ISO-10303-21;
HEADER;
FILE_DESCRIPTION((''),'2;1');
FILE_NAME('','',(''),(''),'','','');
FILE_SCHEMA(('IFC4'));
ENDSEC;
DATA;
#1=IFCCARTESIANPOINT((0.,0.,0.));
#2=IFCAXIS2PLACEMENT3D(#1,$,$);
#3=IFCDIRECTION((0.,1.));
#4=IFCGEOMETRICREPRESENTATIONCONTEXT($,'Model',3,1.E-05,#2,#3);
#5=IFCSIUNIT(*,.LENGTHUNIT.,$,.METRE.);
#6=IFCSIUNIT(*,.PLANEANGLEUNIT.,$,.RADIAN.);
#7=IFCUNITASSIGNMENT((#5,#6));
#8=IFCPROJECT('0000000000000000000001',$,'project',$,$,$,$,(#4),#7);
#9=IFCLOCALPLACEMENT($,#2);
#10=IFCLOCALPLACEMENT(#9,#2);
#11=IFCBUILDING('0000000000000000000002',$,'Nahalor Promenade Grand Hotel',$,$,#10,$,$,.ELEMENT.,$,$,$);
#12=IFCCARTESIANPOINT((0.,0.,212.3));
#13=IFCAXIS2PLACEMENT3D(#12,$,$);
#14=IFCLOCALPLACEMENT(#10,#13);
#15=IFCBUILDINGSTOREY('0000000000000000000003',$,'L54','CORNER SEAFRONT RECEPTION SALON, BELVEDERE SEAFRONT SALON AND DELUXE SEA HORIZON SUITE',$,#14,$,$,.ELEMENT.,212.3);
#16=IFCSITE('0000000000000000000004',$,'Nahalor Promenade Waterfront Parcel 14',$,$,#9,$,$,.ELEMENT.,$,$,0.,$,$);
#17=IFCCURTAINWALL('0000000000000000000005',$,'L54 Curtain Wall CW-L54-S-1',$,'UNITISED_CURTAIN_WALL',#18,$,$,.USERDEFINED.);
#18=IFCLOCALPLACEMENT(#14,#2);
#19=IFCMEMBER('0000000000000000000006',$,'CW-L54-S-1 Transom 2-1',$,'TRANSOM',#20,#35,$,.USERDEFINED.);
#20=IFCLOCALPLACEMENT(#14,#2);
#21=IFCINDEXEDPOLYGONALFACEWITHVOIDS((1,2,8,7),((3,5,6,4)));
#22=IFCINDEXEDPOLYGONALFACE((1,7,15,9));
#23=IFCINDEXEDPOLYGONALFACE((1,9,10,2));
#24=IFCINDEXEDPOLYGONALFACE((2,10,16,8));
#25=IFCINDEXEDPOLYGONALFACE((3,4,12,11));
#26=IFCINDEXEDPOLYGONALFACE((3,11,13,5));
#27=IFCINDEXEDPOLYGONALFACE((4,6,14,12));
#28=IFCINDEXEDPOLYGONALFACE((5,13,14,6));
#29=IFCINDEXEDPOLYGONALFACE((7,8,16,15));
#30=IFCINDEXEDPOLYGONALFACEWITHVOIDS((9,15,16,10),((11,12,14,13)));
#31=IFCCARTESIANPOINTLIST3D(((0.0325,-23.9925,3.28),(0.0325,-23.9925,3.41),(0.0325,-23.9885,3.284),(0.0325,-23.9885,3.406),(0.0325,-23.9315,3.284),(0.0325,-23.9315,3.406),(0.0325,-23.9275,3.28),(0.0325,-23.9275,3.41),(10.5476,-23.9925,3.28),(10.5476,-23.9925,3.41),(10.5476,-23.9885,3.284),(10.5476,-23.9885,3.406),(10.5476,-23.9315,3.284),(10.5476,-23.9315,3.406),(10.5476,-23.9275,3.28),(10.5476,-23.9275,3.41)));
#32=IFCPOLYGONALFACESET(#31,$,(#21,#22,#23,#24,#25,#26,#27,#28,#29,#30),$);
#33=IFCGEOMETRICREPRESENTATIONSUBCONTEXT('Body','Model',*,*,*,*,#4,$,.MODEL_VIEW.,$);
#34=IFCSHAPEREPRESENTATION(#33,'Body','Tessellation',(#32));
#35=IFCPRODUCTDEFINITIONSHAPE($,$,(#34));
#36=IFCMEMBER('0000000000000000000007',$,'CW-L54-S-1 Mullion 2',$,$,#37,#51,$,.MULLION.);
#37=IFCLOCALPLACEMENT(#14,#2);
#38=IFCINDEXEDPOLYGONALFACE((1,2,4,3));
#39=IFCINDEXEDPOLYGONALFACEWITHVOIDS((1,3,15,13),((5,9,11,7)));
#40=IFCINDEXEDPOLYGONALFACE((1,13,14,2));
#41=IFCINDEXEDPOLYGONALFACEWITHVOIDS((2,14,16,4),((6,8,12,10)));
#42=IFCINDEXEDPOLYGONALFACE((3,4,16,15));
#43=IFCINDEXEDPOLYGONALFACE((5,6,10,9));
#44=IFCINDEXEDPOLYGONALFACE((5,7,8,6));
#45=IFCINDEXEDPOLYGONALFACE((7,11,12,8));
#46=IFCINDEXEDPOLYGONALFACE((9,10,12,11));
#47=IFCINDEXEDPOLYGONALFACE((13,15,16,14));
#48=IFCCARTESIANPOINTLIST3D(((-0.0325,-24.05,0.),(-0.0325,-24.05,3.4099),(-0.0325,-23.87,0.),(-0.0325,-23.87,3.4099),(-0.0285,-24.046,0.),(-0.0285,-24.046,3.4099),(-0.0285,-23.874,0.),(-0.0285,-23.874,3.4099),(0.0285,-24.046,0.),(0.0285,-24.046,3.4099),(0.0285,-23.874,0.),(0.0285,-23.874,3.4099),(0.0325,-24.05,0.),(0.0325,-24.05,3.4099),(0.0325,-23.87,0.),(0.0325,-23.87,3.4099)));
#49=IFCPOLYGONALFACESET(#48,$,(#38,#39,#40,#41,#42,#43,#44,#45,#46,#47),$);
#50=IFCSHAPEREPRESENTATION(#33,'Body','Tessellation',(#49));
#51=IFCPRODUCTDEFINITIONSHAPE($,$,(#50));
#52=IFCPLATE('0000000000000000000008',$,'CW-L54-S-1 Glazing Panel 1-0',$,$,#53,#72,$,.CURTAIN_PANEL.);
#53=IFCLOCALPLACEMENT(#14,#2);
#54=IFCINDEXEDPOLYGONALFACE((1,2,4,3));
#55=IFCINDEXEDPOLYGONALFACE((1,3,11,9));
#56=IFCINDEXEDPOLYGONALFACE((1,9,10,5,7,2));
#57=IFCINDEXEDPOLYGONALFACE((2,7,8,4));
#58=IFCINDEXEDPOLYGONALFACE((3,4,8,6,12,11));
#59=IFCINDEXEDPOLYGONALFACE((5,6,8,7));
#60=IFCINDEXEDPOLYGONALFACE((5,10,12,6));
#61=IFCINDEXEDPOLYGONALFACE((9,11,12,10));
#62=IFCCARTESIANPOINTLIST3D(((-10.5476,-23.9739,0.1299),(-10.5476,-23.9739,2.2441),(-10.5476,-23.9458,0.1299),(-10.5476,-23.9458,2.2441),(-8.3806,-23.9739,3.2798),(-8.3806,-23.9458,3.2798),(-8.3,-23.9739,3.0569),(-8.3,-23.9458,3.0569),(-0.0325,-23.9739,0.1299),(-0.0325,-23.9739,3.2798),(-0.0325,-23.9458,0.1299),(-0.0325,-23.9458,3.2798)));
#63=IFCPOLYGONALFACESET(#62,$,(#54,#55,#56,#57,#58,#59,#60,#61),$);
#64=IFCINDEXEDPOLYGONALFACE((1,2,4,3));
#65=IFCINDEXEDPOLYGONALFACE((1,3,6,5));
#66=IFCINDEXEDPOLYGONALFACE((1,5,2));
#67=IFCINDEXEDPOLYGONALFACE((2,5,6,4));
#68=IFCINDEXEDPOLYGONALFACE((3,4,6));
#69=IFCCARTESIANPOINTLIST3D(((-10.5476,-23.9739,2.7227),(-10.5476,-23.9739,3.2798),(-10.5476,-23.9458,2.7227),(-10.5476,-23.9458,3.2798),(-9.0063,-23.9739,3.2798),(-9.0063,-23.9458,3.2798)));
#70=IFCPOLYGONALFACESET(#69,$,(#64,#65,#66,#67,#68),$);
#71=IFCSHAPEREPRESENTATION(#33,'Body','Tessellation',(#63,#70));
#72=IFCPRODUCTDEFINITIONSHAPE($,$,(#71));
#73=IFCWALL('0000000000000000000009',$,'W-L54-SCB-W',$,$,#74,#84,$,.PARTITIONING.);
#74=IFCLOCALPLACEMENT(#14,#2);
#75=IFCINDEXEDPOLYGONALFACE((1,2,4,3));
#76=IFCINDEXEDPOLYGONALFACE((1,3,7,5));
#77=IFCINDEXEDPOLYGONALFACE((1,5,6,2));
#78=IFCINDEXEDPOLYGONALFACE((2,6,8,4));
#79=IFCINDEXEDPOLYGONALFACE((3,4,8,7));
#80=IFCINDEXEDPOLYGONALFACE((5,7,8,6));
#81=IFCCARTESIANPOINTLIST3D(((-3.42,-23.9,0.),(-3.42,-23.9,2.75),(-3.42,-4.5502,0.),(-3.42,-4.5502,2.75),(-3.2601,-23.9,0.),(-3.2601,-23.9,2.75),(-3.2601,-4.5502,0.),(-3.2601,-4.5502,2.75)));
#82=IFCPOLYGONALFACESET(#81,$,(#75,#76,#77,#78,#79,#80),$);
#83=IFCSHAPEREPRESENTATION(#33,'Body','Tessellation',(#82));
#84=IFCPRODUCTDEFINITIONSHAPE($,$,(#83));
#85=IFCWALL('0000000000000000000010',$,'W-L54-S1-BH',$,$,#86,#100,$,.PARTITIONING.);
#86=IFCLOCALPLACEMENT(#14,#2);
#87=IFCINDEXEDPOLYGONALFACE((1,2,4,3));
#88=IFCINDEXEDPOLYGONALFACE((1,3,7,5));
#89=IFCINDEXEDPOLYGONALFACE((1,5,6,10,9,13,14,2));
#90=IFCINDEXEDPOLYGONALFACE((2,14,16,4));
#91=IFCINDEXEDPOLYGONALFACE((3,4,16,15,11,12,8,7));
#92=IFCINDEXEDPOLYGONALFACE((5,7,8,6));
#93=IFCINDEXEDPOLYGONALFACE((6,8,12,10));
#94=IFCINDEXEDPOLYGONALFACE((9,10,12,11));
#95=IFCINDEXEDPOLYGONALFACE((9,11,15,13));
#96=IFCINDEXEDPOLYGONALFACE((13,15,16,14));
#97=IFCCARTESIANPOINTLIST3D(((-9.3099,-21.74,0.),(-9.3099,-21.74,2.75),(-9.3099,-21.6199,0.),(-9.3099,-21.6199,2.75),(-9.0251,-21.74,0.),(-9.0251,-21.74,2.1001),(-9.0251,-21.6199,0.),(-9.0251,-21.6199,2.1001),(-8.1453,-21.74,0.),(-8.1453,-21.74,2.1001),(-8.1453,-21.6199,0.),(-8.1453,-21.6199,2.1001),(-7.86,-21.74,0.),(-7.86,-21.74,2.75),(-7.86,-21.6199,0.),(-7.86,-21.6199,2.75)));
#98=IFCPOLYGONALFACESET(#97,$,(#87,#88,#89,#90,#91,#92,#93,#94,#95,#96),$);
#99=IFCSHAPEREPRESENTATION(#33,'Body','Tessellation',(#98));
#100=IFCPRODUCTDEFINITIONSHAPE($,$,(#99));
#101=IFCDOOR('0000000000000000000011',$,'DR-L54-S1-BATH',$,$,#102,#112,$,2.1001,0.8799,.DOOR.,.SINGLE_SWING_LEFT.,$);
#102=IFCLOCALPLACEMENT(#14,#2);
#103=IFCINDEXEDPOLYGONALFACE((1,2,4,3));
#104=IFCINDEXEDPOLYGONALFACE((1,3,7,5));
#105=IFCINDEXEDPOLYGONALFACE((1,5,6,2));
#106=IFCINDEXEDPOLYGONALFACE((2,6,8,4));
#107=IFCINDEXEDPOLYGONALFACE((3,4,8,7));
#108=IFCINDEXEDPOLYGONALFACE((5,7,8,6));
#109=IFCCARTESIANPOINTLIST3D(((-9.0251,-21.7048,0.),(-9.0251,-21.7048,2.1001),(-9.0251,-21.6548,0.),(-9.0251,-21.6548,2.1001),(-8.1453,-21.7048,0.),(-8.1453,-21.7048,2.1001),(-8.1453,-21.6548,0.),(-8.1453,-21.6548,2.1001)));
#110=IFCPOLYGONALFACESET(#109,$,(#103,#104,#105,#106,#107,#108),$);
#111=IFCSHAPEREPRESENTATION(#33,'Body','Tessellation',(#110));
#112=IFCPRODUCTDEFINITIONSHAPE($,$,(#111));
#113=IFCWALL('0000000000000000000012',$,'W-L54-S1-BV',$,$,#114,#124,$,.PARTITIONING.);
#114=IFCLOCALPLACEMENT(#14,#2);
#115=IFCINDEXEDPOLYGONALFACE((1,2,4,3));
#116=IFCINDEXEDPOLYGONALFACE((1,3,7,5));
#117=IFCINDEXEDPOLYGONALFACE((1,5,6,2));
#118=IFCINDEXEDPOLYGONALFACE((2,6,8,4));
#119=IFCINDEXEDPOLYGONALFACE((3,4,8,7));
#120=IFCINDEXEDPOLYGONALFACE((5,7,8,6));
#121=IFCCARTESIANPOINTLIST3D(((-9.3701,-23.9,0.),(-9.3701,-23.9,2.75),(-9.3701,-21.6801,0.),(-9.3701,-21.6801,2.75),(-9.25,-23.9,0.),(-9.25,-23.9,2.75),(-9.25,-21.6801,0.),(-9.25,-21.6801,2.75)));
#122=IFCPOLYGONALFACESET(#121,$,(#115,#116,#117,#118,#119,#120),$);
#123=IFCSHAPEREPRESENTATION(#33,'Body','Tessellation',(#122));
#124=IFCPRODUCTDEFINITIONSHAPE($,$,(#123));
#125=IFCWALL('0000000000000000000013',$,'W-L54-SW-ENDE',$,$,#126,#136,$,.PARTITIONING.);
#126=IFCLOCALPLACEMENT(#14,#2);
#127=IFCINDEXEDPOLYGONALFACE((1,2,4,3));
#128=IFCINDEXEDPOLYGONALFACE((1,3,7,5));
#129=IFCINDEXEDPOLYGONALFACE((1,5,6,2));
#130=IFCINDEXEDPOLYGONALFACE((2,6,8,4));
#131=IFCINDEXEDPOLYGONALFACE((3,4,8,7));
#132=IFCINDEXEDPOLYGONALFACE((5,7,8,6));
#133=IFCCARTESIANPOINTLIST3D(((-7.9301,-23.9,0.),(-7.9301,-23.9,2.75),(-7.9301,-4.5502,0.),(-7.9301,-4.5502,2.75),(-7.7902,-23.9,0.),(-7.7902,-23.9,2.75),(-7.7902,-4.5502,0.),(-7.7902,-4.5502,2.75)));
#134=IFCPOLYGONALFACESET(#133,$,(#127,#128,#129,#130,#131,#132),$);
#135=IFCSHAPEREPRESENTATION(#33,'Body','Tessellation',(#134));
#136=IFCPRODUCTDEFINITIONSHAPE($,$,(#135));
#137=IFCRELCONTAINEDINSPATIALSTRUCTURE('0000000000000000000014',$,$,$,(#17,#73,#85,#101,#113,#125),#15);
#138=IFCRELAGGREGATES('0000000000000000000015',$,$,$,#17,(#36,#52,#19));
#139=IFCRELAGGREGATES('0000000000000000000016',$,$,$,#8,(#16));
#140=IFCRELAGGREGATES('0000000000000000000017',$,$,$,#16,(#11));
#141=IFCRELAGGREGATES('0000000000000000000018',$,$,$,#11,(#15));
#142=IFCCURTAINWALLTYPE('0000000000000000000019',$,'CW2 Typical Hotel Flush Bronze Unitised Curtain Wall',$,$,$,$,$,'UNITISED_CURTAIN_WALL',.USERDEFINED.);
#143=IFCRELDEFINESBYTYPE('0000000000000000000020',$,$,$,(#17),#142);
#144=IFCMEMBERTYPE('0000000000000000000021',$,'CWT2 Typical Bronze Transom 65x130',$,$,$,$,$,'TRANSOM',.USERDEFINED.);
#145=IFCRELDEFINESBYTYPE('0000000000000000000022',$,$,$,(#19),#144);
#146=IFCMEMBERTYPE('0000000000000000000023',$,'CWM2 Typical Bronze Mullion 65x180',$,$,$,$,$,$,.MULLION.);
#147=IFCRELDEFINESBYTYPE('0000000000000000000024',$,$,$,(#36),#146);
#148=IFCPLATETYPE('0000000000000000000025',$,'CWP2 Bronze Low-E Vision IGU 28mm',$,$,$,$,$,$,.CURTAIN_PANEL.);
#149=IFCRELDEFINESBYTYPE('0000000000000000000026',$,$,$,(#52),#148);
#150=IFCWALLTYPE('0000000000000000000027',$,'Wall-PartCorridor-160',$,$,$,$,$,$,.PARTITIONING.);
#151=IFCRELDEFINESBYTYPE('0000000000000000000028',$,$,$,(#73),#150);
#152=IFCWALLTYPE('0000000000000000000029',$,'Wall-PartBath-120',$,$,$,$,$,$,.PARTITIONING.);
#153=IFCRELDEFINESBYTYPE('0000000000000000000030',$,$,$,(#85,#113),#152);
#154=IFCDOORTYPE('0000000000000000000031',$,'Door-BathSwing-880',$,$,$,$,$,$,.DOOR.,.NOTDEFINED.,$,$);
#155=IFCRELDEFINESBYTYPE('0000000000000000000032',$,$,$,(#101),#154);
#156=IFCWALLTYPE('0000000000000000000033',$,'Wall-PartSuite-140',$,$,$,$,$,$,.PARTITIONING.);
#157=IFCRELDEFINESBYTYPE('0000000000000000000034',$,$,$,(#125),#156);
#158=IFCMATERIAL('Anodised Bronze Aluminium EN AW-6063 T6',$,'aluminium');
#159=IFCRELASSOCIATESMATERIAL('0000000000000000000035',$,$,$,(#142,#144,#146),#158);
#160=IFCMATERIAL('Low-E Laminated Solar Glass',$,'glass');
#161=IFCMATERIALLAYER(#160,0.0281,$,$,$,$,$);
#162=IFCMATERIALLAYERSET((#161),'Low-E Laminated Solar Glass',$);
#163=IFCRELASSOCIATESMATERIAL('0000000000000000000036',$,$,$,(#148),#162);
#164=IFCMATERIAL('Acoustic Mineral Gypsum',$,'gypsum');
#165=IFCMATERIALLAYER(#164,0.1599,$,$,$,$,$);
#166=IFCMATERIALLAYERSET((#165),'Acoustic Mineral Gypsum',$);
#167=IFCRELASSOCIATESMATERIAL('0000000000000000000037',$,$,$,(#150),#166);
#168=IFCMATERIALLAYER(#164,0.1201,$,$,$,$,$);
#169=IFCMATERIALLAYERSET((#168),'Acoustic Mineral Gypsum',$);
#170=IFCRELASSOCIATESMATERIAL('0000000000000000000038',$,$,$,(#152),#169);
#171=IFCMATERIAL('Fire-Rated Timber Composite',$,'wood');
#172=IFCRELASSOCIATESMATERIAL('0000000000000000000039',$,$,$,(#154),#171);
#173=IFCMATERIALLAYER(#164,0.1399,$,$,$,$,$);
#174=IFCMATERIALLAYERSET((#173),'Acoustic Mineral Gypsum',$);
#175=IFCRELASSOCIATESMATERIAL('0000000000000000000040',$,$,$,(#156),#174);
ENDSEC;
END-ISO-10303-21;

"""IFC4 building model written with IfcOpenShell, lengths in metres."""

from ifc_helpers import new_model, si_unit, direction, frame, frame_2d, origin, origin_2d, place, context, subcontext, project, spatial, polyline, rectangle, hollow_rectangle, outline, extrude, source, transform, mapped, material, layer, layer_set, material_profile, profile_set, type_object, element, fill, aggregate, save


model = new_model("IFC4")

# Units and contexts
model_context = context("Model", 3, precision=1e-05, world=origin(), true_north=direction((0.0, 1.0)))
body_context = subcontext(model_context, "Body", "Model", "MODEL_VIEW")
ifc_project = project(units=[si_unit("LENGTHUNIT", "METRE"), si_unit("PLANEANGLEUNIT", "RADIAN")], contexts=[model_context])

# Site, building, storey
site_placement = place(None, origin())
site = spatial("IfcSite", under=ifc_project, at=site_placement, Name="Nahalor Promenade Waterfront Parcel 14", CompositionType="ELEMENT", RefElevation=0.0)
building_placement = place(site_placement, origin())
building = spatial("IfcBuilding", under=site, at=building_placement, Name="Nahalor Promenade Grand Hotel", CompositionType="ELEMENT")
storey_placement = place(building_placement, frame((0.0, 0.0, 212.3)))
storey = spatial("IfcBuildingStorey", under=building, at=storey_placement, Name="L54", Description="CORNER SEAFRONT RECEPTION SALON, BELVEDERE SEAFRONT SALON AND DELUXE SEA HORIZON SUITE", CompositionType="ELEMENT", Elevation=212.3)

# Curtain wall, members, plate
ifc_material_1 = material(Name="Anodised Bronze Aluminium EN AW-6063 T6", Category="aluminium")
curtain_wall_type = type_object("IfcCurtainWallType", Name="CW2 Typical Hotel Flush Bronze Unitised Curtain Wall", ElementType="UNITISED_CURTAIN_WALL", PredefinedType="USERDEFINED", material=ifc_material_1)
curtain_wall_placement = place(storey_placement, origin())
curtain_wall = element("IfcCurtainWall", 1, at=curtain_wall_placement, inside=storey, type_object=curtain_wall_type, Name="L54 Curtain Wall CW-L54-S-1", ObjectType="UNITISED_CURTAIN_WALL", PredefinedType="USERDEFINED")
ifc_material_profile_1 = material_profile(ifc_material_1, hollow_rectangle(XDim=0.065, YDim=0.13, WallThickness=0.004, at=origin_2d()), Name="CWT 65x130x4")
ifc_profile_set_1 = profile_set([ifc_material_profile_1], Name="Anodised Bronze Aluminium EN AW-6063 T6")
member_type_1 = type_object("IfcMemberType", Name="CWT2 Typical Bronze Transom 65x130", ElementType="TRANSOM", PredefinedType="USERDEFINED", material=ifc_profile_set_1)
shared_shape_1 = source(origin(), body_context, "Body", "SweptSolid", [
    extrude(hollow_rectangle(XDim=0.065, YDim=0.13, WallThickness=0.004, at=origin_2d()), origin(), (0.0, 0.0, 1.0), 10.5151),
])
member_1_placement = place(storey_placement, frame((0.0325, -23.96, 3.345), z_axis=(1.0, 0.0, 0.0), x_axis=(0.0, 1.0, 0.0)))
member_1 = element("IfcMember", 2, at=member_1_placement, type_object=member_type_1, Name="CW-L54-S-1 Transom 2-1", ObjectType="TRANSOM", PredefinedType="USERDEFINED", context=body_context, shape_type="MappedRepresentation", body=[
    mapped(shared_shape_1, transform((0.0, 0.0, 0.0), scale=1.0)),
])
ifc_material_profile_2 = material_profile(ifc_material_1, hollow_rectangle(XDim=0.065, YDim=0.18, WallThickness=0.004, at=origin_2d()), Name="CWM 65x180x4")
ifc_profile_set_2 = profile_set([ifc_material_profile_2], Name="Anodised Bronze Aluminium EN AW-6063 T6")
member_type_2 = type_object("IfcMemberType", Name="CWM2 Typical Bronze Mullion 65x180", PredefinedType="MULLION", material=ifc_profile_set_2)
shared_shape_2 = source(origin(), body_context, "Body", "SweptSolid", [
    extrude(hollow_rectangle(XDim=0.065, YDim=0.18, WallThickness=0.004, at=origin_2d()), origin(), (0.0, 0.0, 1.0), 3.4099),
])
member_2_placement = place(storey_placement, frame((0.0, -23.96, 0.0), z_axis=(0.0, 0.0, 1.0), x_axis=(1.0, 0.0, 0.0)))
member_2 = element("IfcMember", 3, at=member_2_placement, type_object=member_type_2, Name="CW-L54-S-1 Mullion 2", PredefinedType="MULLION", context=body_context, shape_type="MappedRepresentation", body=[
    mapped(shared_shape_2, transform((0.0, 0.0, 0.0), scale=1.0)),
])
ifc_material_2 = material(Name="Low-E Laminated Solar Glass", Category="glass")
ifc_layer_1 = layer(ifc_material_2, 0.0281)
ifc_layer_set_1 = layer_set([ifc_layer_1], Name="Low-E Laminated Solar Glass")
plate_type = type_object("IfcPlateType", Name="CWP2 Bronze Low-E Vision IGU 28mm", PredefinedType="CURTAIN_PANEL", material=ifc_layer_set_1)
plate_placement = place(storey_placement, frame((-5.29, -23.96, 0.1299), z_axis=(0.0, 0.0, 1.0), x_axis=(1.0, 0.0, 0.0)))
plate = element("IfcPlate", 4, at=plate_placement, type_object=plate_type, Name="CW-L54-S-1 Glazing Panel 1-0", PredefinedType="CURTAIN_PANEL", context=body_context, shape_type="SweptSolid", body=[
    extrude(outline(polyline([(5.2576, 0.0), (5.2576, 3.1499), (-3.0906, 3.1499), (-3.01, 2.927), (-5.2576, 2.1143), (-5.2576, 0.0), (5.2576, 0.0)])), frame((0.0, 0.0142, 0.0), z_axis=(0.0, -1.0, 0.0), x_axis=(1.0, 0.0, 0.0)), (0.0, 0.0, 1.0), 0.0281),
    extrude(outline(polyline([(-3.7163, 3.1499), (-5.2576, 3.1499), (-5.2576, 2.5928), (-3.7163, 3.1499)])), frame((0.0, 0.0142, 0.0), z_axis=(0.0, -1.0, 0.0), x_axis=(1.0, 0.0, 0.0)), (0.0, 0.0, 1.0), 0.0281),
])
aggregate(curtain_wall, [member_2, plate, member_1])

# Wall
ifc_material_3 = material(Name="Acoustic Mineral Gypsum", Category="gypsum")
ifc_layer_2 = layer(ifc_material_3, 0.1599)
ifc_layer_set_2 = layer_set([ifc_layer_2], Name="Acoustic Mineral Gypsum")
wall_type_1 = type_object("IfcWallType", Name="Wall-PartCorridor-160", PredefinedType="PARTITIONING", material=ifc_layer_set_2)
shared_shape_3 = source(origin(), body_context, "Body", "SweptSolid", [
    extrude(rectangle(XDim=19.3499, YDim=0.1599, at=frame_2d((9.6748, 0.0))), origin(), (0.0, 0.0, 1.0), 2.75),
])
wall_1_placement = place(storey_placement, frame((-3.3401, -23.8999, 0.0), z_axis=(0.0, 0.0, 1.0), x_axis=(0.0, 1.0, 0.0)))
element("IfcWall", 5, at=wall_1_placement, inside=storey, type_object=wall_type_1, Name="W-L54-SCB-W", PredefinedType="PARTITIONING", context=body_context, shape_type="MappedRepresentation", body=[
    mapped(shared_shape_3, transform((0.0, 0.0, 0.0), scale=1.0)),
])

# Wall, opening, door
ifc_layer_3 = layer(ifc_material_3, 0.1201)
ifc_layer_set_3 = layer_set([ifc_layer_3], Name="Acoustic Mineral Gypsum")
wall_type_2 = type_object("IfcWallType", Name="Wall-PartBath-120", PredefinedType="PARTITIONING", material=ifc_layer_set_3)
shared_shape_4 = source(origin(), body_context, "Body", "SweptSolid", [
    extrude(rectangle(XDim=1.45, YDim=0.1201, at=frame_2d((0.7251, 0.0))), origin(), (0.0, 0.0, 1.0), 2.75),
])
wall_2_placement = place(storey_placement, frame((-9.3101, -21.6799, 0.0), z_axis=(0.0, 0.0, 1.0), x_axis=(1.0, 0.0, 0.0)))
wall_2 = element("IfcWall", 6, at=wall_2_placement, inside=storey, type_object=wall_type_2, Name="W-L54-S1-BH", PredefinedType="PARTITIONING", context=body_context, shape_type="MappedRepresentation", body=[
    mapped(shared_shape_4, transform((0.0, 0.0, 0.0), scale=1.0)),
])
opening_placement = place(wall_2_placement, frame((0.2849, 0.0, 0.0)))
opening = element("IfcOpeningElement", 7, at=opening_placement, cuts=wall_2, PredefinedType="OPENING", context=body_context, shape_type="SweptSolid", body=[
    extrude(rectangle(XDim=0.8799, YDim=2.1001, at=frame_2d((0.4399, 1.05))), frame((0.0, 0.0701, 0.0), z_axis=(0.0, -1.0, 0.0), x_axis=(1.0, 0.0, 0.0)), (0.0, 0.0, 1.0), 0.1401),
])
ifc_material_4 = material(Name="Fire-Rated Timber Composite", Category="wood")
door_type = type_object("IfcDoorType", Name="Door-BathSwing-880", OperationType="NOTDEFINED", PredefinedType="DOOR", material=ifc_material_4)
shared_shape_5 = source(origin(), body_context, "Body", "SweptSolid", [
    extrude(rectangle(XDim=0.8799, YDim=2.1001, at=frame_2d((0.4399, 1.05))), frame((0.0, 0.0249, 0.0), z_axis=(0.0, -1.0, 0.0), x_axis=(1.0, 0.0, 0.0)), (0.0, 0.0, 1.0), 0.05),
])
door_placement = place(opening_placement, frame((0.8799, 0.0, 0.0), z_axis=(0.0, 0.0, 1.0), x_axis=(-1.0, 0.0, 0.0)))
door = element("IfcDoor", 8, at=door_placement, inside=storey, type_object=door_type, Name="DR-L54-S1-BATH", OperationType="SINGLE_SWING_LEFT", OverallHeight=2.1001, OverallWidth=0.8799, PredefinedType="DOOR", context=body_context, shape_type="MappedRepresentation", body=[
    mapped(shared_shape_5, transform((0.0, 0.0, 0.0), scale=1.0)),
])
fill(opening, door)

# Walls
shared_shape_6 = source(origin(), body_context, "Body", "SweptSolid", [
    extrude(rectangle(XDim=2.22, YDim=0.1201, at=frame_2d((1.1099, 0.0))), origin(), (0.0, 0.0, 1.0), 2.75),
])
wall_3_placement = place(storey_placement, frame((-9.3101, -23.8999, 0.0), z_axis=(0.0, 0.0, 1.0), x_axis=(0.0, 1.0, 0.0)))
element("IfcWall", 9, at=wall_3_placement, inside=storey, type_object=wall_type_2, Name="W-L54-S1-BV", PredefinedType="PARTITIONING", context=body_context, shape_type="MappedRepresentation", body=[
    mapped(shared_shape_6, transform((0.0, 0.0, 0.0), scale=1.0)),
])
ifc_layer_4 = layer(ifc_material_3, 0.1399)
ifc_layer_set_4 = layer_set([ifc_layer_4], Name="Acoustic Mineral Gypsum")
wall_type_3 = type_object("IfcWallType", Name="Wall-PartSuite-140", PredefinedType="PARTITIONING", material=ifc_layer_set_4)
shared_shape_7 = source(origin(), body_context, "Body", "SweptSolid", [
    extrude(rectangle(XDim=19.3499, YDim=0.1399, at=frame_2d((9.6748, 0.0))), origin(), (0.0, 0.0, 1.0), 2.75),
])
wall_4_placement = place(storey_placement, frame((-7.8601, -23.8999, 0.0), z_axis=(0.0, 0.0, 1.0), x_axis=(0.0, 1.0, 0.0)))
element("IfcWall", 10, at=wall_4_placement, inside=storey, type_object=wall_type_3, Name="W-L54-SW-ENDE", PredefinedType="PARTITIONING", context=body_context, shape_type="MappedRepresentation", body=[
    mapped(shared_shape_7, transform((0.0, 0.0, 0.0), scale=1.0)),
])

save(model, "model.ifc")
